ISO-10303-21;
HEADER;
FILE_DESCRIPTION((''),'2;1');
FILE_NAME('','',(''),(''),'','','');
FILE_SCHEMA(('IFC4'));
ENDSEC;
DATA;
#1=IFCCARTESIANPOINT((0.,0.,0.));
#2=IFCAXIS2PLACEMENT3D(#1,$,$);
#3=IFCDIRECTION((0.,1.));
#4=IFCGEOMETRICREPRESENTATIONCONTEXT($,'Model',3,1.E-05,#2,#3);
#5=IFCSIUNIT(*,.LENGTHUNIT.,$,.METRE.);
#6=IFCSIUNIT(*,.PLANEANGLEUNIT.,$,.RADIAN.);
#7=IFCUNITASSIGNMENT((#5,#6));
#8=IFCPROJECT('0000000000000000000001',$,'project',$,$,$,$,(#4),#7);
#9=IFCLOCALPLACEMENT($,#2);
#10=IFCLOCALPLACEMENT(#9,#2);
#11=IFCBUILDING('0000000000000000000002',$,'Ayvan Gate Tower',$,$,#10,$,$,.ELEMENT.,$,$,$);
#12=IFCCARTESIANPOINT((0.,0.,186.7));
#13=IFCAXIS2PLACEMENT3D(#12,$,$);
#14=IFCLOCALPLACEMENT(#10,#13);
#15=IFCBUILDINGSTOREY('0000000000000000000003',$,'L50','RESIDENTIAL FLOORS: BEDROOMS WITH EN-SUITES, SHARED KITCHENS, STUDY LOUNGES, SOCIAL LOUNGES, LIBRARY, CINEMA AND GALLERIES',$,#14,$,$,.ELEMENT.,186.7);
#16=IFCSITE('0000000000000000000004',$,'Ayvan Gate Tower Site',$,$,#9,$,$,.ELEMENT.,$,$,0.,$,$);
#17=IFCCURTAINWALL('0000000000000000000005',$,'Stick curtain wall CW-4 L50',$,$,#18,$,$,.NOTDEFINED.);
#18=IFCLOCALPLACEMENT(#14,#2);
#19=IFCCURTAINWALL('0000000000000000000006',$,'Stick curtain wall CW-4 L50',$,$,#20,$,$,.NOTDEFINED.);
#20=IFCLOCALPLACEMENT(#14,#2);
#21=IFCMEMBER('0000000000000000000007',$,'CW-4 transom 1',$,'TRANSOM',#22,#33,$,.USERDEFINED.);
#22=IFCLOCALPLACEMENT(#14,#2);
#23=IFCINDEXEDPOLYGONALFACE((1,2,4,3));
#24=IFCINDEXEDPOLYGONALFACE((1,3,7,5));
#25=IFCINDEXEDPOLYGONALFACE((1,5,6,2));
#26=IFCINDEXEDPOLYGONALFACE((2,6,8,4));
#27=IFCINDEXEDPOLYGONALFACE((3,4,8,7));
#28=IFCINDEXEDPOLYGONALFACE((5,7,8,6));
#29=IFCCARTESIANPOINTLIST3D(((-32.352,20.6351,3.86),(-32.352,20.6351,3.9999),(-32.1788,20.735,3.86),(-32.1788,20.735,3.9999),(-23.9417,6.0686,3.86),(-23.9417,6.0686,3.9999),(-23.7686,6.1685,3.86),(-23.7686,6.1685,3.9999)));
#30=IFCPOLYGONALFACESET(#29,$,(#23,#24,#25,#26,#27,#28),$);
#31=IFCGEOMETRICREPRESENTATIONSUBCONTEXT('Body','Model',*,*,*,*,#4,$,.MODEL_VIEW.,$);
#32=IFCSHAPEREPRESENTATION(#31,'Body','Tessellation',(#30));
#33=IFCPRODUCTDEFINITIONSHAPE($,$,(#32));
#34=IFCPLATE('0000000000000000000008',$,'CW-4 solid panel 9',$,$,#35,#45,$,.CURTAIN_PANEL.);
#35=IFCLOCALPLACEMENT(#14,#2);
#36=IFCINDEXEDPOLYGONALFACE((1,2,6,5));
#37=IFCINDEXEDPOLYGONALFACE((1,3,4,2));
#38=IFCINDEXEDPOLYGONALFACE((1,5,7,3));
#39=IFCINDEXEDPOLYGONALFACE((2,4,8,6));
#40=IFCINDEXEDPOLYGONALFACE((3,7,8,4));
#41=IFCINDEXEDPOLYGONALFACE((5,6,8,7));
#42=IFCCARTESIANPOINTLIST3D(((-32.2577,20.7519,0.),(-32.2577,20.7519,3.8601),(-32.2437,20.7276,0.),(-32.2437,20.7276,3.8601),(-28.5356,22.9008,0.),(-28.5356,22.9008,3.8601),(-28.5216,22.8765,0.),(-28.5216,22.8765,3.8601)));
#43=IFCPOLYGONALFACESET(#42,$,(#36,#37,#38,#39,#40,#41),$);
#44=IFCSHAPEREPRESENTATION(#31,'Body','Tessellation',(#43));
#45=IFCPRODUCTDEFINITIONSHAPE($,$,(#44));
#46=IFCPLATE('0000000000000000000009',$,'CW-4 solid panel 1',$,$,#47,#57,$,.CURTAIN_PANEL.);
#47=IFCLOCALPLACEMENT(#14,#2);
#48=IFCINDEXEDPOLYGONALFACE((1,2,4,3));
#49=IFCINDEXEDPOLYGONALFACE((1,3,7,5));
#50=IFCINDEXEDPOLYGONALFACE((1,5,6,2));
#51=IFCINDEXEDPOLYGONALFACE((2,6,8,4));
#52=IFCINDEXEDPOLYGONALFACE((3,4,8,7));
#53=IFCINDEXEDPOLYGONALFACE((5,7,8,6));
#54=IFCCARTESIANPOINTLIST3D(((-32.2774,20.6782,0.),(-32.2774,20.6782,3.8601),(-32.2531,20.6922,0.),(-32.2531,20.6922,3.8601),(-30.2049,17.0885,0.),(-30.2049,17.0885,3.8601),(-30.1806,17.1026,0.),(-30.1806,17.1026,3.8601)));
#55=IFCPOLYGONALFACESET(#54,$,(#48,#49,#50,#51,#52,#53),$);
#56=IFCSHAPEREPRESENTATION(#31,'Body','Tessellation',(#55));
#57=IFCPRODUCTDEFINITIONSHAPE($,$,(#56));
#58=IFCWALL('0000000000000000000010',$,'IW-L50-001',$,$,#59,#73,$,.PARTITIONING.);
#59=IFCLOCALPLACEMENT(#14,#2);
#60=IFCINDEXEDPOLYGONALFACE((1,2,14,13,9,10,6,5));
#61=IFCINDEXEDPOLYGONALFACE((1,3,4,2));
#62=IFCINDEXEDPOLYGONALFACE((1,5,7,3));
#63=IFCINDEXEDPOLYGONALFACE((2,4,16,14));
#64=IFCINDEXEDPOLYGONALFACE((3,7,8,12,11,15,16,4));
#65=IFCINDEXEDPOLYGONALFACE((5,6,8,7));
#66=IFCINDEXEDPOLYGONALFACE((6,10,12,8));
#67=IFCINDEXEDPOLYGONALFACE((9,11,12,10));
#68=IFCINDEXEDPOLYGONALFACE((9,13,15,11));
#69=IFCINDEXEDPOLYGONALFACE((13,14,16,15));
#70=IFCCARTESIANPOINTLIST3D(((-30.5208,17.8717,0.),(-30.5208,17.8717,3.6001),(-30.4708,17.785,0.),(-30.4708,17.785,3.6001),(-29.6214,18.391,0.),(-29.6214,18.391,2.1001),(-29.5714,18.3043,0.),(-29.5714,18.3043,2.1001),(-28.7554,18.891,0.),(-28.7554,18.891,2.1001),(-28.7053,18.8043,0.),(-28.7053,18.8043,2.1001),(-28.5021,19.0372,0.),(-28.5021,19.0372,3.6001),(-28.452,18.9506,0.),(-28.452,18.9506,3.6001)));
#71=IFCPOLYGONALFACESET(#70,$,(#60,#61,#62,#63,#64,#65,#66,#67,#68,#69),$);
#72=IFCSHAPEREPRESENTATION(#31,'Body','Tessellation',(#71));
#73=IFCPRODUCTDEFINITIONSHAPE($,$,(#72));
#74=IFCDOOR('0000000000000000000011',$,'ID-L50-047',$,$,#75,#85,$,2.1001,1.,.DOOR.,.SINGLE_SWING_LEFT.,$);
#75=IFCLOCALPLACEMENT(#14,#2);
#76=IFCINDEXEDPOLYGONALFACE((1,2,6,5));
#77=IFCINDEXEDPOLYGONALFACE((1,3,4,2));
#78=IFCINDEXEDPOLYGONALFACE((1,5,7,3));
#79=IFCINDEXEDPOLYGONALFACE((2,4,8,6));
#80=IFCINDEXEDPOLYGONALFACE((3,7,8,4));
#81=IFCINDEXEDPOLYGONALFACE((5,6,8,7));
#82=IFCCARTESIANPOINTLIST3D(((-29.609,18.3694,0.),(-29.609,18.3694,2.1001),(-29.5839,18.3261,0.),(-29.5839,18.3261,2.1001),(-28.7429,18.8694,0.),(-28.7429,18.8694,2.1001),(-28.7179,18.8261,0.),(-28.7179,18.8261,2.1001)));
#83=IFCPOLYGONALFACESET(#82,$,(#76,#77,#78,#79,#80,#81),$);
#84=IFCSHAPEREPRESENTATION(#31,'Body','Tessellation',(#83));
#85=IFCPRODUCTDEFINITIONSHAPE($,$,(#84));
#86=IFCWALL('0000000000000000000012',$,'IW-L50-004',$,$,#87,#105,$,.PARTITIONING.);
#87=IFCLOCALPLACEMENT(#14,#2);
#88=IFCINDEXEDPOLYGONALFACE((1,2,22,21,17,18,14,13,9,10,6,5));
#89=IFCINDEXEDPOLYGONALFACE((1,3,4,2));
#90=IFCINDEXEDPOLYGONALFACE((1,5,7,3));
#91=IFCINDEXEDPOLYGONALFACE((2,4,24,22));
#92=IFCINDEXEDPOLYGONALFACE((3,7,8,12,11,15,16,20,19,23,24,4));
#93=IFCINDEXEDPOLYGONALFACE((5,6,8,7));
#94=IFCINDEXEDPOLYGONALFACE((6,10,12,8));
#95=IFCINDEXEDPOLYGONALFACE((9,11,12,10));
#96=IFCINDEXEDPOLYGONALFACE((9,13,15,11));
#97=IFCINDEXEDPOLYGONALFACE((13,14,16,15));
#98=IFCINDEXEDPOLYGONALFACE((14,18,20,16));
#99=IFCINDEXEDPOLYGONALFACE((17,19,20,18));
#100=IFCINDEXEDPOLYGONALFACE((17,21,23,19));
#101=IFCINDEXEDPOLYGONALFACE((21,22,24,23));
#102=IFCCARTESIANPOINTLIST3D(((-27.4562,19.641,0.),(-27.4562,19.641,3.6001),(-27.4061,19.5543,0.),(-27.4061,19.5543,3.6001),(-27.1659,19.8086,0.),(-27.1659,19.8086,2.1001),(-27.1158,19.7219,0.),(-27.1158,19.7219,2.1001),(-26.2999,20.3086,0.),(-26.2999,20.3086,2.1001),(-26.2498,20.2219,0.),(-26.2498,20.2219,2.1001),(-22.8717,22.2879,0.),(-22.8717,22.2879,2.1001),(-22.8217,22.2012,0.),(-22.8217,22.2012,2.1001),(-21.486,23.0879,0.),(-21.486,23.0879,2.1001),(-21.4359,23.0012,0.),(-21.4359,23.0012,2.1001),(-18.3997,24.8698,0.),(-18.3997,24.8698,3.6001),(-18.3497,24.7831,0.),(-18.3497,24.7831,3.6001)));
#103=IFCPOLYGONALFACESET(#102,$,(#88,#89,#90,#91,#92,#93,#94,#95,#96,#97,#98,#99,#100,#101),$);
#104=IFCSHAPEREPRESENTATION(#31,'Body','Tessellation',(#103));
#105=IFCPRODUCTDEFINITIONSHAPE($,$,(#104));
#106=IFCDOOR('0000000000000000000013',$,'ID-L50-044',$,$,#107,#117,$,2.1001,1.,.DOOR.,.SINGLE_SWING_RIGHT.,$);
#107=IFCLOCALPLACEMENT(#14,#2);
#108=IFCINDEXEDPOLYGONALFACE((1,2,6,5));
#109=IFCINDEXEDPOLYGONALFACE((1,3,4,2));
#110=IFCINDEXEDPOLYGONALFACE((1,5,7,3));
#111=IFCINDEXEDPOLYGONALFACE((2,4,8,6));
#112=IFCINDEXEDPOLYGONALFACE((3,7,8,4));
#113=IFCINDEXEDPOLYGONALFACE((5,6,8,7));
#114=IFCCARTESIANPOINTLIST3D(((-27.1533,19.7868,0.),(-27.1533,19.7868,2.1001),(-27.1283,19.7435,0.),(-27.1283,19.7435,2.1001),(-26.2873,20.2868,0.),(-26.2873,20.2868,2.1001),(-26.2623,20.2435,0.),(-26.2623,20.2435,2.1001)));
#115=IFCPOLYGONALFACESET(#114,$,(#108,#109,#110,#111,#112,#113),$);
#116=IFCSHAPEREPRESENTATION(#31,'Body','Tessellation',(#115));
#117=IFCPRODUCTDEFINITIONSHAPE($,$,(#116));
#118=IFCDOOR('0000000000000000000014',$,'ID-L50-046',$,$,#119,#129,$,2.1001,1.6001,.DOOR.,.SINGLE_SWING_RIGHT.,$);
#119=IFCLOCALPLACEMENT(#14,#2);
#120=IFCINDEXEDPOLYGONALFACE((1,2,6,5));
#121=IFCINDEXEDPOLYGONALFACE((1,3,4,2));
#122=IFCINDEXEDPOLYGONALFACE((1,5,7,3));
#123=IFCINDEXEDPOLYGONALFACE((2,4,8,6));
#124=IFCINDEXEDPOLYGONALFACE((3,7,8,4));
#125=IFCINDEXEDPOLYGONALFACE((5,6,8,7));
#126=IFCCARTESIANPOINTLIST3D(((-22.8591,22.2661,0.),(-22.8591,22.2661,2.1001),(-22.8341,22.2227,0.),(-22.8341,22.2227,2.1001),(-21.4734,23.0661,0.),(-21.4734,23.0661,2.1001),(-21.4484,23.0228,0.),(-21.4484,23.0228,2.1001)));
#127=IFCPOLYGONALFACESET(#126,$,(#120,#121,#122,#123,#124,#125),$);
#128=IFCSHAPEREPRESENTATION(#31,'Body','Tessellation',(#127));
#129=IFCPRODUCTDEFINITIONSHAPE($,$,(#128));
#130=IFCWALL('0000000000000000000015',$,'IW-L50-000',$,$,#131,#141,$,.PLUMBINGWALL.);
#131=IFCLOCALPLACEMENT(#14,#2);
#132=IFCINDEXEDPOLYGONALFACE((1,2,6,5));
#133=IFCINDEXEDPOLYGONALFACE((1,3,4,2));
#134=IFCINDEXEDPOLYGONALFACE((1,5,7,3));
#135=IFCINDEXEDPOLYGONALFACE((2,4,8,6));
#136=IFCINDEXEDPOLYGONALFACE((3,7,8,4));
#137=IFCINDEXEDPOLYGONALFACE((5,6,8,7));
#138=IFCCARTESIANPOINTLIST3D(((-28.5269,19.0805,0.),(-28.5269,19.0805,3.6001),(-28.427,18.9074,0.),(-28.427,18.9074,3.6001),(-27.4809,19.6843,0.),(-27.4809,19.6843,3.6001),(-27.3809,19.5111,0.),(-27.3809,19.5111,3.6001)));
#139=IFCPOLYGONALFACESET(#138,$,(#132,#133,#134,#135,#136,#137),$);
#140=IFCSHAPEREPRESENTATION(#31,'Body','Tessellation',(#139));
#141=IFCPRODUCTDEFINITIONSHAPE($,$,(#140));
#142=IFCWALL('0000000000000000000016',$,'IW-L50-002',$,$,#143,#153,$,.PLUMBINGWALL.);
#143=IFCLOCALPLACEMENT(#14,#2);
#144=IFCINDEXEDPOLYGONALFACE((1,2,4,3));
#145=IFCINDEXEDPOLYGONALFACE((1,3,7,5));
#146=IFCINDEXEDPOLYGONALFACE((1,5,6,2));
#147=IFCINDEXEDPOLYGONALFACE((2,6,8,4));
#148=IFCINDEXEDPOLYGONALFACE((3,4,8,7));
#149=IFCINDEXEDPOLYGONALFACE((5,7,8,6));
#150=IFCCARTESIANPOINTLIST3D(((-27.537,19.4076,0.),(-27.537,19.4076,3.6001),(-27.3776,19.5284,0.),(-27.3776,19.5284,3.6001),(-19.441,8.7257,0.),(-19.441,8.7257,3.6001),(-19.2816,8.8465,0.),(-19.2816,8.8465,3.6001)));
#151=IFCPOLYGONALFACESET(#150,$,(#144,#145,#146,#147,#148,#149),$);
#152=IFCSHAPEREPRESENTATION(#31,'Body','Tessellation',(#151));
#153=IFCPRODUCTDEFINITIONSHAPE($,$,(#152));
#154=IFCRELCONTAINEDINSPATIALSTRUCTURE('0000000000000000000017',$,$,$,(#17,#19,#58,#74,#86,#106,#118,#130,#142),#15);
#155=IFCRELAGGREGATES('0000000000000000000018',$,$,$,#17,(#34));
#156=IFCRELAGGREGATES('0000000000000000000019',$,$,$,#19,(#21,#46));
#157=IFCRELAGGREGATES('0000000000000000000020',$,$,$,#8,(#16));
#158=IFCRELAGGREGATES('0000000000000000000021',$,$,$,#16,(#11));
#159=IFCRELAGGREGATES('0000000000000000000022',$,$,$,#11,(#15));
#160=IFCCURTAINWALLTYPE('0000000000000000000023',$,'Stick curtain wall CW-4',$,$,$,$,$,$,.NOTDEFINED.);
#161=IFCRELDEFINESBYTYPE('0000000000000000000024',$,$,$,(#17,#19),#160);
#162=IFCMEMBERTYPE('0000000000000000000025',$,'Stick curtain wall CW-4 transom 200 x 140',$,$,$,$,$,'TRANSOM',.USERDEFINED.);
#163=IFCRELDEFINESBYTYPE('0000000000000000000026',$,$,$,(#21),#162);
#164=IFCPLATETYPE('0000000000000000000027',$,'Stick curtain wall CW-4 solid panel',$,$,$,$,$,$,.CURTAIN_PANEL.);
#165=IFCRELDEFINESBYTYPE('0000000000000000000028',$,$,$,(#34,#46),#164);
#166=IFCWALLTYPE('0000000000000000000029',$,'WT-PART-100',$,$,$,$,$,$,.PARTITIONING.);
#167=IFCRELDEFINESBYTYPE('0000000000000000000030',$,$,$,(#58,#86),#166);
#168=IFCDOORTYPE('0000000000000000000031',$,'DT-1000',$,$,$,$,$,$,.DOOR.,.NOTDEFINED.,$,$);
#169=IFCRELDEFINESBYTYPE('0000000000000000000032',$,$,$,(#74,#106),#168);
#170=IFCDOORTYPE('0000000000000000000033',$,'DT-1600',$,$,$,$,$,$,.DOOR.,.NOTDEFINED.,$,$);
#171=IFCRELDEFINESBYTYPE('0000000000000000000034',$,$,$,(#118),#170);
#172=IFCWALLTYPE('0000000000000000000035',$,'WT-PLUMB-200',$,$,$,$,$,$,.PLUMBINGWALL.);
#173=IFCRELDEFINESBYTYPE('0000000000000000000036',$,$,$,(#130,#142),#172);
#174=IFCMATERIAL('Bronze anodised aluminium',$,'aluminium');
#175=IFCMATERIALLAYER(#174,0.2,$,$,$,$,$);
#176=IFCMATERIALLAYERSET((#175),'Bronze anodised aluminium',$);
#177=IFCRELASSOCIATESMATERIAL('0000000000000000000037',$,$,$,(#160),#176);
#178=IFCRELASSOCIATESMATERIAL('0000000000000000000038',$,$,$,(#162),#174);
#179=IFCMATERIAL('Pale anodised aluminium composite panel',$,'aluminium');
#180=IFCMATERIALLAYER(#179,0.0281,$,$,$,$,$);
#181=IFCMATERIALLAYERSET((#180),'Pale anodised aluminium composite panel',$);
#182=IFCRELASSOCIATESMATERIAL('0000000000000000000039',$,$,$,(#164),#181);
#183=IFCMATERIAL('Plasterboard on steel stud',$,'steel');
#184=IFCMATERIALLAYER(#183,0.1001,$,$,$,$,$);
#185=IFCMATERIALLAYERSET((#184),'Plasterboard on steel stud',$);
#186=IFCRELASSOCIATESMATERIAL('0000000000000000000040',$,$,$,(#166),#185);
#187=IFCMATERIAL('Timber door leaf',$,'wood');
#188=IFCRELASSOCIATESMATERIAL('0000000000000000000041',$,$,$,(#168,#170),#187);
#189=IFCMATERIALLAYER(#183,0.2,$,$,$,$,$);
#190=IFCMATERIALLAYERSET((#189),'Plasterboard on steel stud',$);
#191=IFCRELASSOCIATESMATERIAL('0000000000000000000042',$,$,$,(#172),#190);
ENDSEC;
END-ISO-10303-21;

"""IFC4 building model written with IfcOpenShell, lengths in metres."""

from ifc_helpers import new_model, si_unit, direction, frame, frame_2d, origin, origin_2d, place, context, subcontext, project, spatial, rectangle, extrude, material, layer, layer_set, material_profile, profile_set, type_object, element, fill, aggregate, save


model = new_model("IFC4")

# Units and contexts
model_context = context("Model", 3, precision=1e-05, world=origin(), true_north=direction((0.0, 1.0)))
body_context = subcontext(model_context, "Body", "Model", "MODEL_VIEW")
ifc_project = project(units=[si_unit("LENGTHUNIT", "METRE"), si_unit("PLANEANGLEUNIT", "RADIAN")], contexts=[model_context])

# Site, building, storey
site_placement = place(None, origin())
site = spatial("IfcSite", under=ifc_project, at=site_placement, Name="Ayvan Gate Tower Site", CompositionType="ELEMENT", RefElevation=0.0)
building_placement = place(site_placement, origin())
building = spatial("IfcBuilding", under=site, at=building_placement, Name="Ayvan Gate Tower", CompositionType="ELEMENT")
storey_placement = place(building_placement, frame((0.0, 0.0, 186.7)))
storey = spatial("IfcBuildingStorey", under=building, at=storey_placement, Name="L50", Description="RESIDENTIAL FLOORS: BEDROOMS WITH EN-SUITES, SHARED KITCHENS, STUDY LOUNGES, SOCIAL LOUNGES, LIBRARY, CINEMA AND GALLERIES", CompositionType="ELEMENT", Elevation=186.7)

# Curtain walls, member
ifc_material_1 = material(Name="Bronze anodised aluminium", Category="aluminium")
ifc_layer_1 = layer(ifc_material_1, 0.2)
ifc_layer_set_1 = layer_set([ifc_layer_1], Name="Bronze anodised aluminium")
curtain_wall_type = type_object("IfcCurtainWallType", Name="Stick curtain wall CW-4", PredefinedType="NOTDEFINED", material=ifc_layer_set_1)
curtain_wall_1_placement = place(storey_placement, origin())
curtain_wall_1 = element("IfcCurtainWall", 1, at=curtain_wall_1_placement, inside=storey, type_object=curtain_wall_type, Name="Stick curtain wall CW-4 L50", PredefinedType="NOTDEFINED")
curtain_wall_2_placement = place(storey_placement, origin())
curtain_wall_2 = element("IfcCurtainWall", 2, at=curtain_wall_2_placement, inside=storey, type_object=curtain_wall_type, Name="Stick curtain wall CW-4 L50", PredefinedType="NOTDEFINED")
ifc_material_profile_1 = material_profile(ifc_material_1, rectangle(XDim=0.2, YDim=0.1399, at=origin_2d()), Name="Stick curtain wall CW-4 transom 200 x 140")
ifc_profile_set_1 = profile_set([ifc_material_profile_1], Name="Bronze anodised aluminium")
member_type_1 = type_object("IfcMemberType", Name="Stick curtain wall CW-4 transom 200 x 140", ElementType="TRANSOM", PredefinedType="USERDEFINED", material=ifc_profile_set_1)
member_1_placement = place(storey_placement, frame((-32.2654, 20.6851, 3.9299), z_axis=(0.500011, -0.866019, 0.0), x_axis=(0.866019, 0.500011, 0.0)))
member_1 = element("IfcMember", 3, at=member_1_placement, type_object=member_type_1, Name="CW-4 transom 1", ObjectType="TRANSOM", PredefinedType="USERDEFINED", context=body_context, shape_type="SweptSolid", body=[
    extrude(rectangle(XDim=0.2, YDim=0.1399, at=origin_2d()), origin(), (0.0, 0.0, 1.0), 16.8201),
])

# Plates
ifc_material_2 = material(Name="Pale anodised aluminium composite panel", Category="aluminium")
ifc_layer_2 = layer(ifc_material_2, 0.0281)
ifc_layer_set_2 = layer_set([ifc_layer_2], Name="Pale anodised aluminium composite panel")
plate_type = type_object("IfcPlateType", Name="Stick curtain wall CW-4 solid panel", PredefinedType="CURTAIN_PANEL", material=ifc_layer_set_2)
plate_1_placement = place(storey_placement, frame((-30.3896, 21.8142, 0.0), z_axis=(0.0, 0.0, 1.0), x_axis=(-0.866025, -0.5, 0.0)))
plate_1 = element("IfcPlate", 4, at=plate_1_placement, type_object=plate_type, Name="CW-4 solid panel 9", PredefinedType="CURTAIN_PANEL", context=body_context, shape_type="SweptSolid", body=[
    extrude(rectangle(XDim=4.2979, YDim=0.0281, at=origin_2d()), origin(), (0.0, 0.0, 1.0), 3.8601),
])
aggregate(curtain_wall_1, [plate_1])
plate_2_placement = place(storey_placement, frame((-31.229, 18.8904, 0.0), z_axis=(0.0, 0.0, 1.0), x_axis=(0.5, -0.866025, 0.0)))
plate_2 = element("IfcPlate", 5, at=plate_2_placement, type_object=plate_type, Name="CW-4 solid panel 1", PredefinedType="CURTAIN_PANEL", context=body_context, shape_type="SweptSolid", body=[
    extrude(rectangle(XDim=4.145, YDim=0.0281, at=origin_2d()), origin(), (0.0, 0.0, 1.0), 3.8601),
])
aggregate(curtain_wall_2, [member_1, plate_2])

# Wall, opening, door
ifc_material_3 = material(Name="Plasterboard on steel stud", Category="steel")
ifc_layer_3 = layer(ifc_material_3, 0.1001)
ifc_layer_set_3 = layer_set([ifc_layer_3], Name="Plasterboard on steel stud")
wall_type_1 = type_object("IfcWallType", Name="WT-PART-100", PredefinedType="PARTITIONING", material=ifc_layer_set_3)
wall_1_placement = place(storey_placement, frame((-28.4771, 18.9939, 0.0), z_axis=(0.0, 0.0, 1.0), x_axis=(-0.86603, -0.499991, 0.0)))
wall_1 = element("IfcWall", 6, at=wall_1_placement, inside=storey, type_object=wall_type_1, Name="IW-L50-001", PredefinedType="PARTITIONING", context=body_context, shape_type="SweptSolid", body=[
    extrude(rectangle(XDim=2.3311, YDim=0.1001, at=frame_2d((1.1655, 0.0))), origin(), (0.0, 0.0, 1.0), 3.6001),
])
opening_1_placement = place(wall_1_placement, frame((0.2925, 0.0, 0.0)))
opening_1 = element("IfcOpeningElement", 7, at=opening_1_placement, cuts=wall_1, PredefinedType="OPENING", context=body_context, shape_type="SweptSolid", body=[
    extrude(rectangle(XDim=1.0, YDim=2.1001, at=frame_2d((0.5, 1.05))), frame((0.0, 0.0601, 0.0), z_axis=(0.0, -1.0, 0.0), x_axis=(1.0, 0.0, 0.0)), (0.0, 0.0, 1.0), 0.1201),
])
ifc_material_4 = material(Name="Timber door leaf", Category="wood")
door_type_1 = type_object("IfcDoorType", Name="DT-1000", OperationType="NOTDEFINED", PredefinedType="DOOR", material=ifc_material_4)
door_1_placement = place(opening_1_placement, origin())
door_1 = element("IfcDoor", 8, at=door_1_placement, inside=storey, type_object=door_type_1, Name="ID-L50-047", OperationType="SINGLE_SWING_LEFT", OverallHeight=2.1001, OverallWidth=1.0, PredefinedType="DOOR", context=body_context, shape_type="SweptSolid", body=[
    extrude(rectangle(XDim=1.0, YDim=2.1001, at=frame_2d((0.5, 1.05))), frame((0.0, 0.0249, 0.0), z_axis=(0.0, -1.0, 0.0), x_axis=(1.0, 0.0, 0.0)), (0.0, 0.0, 1.0), 0.05),
])
fill(opening_1, door_1)

# Wall, openings, doors
wall_2_placement = place(storey_placement, frame((-27.4312, 19.5977, 0.0), z_axis=(0.0, 0.0, 1.0), x_axis=(0.866023, 0.500003, 0.0)))
wall_2 = element("IfcWall", 9, at=wall_2_placement, inside=storey, type_object=wall_type_1, Name="IW-L50-004", PredefinedType="PARTITIONING", context=body_context, shape_type="SweptSolid", body=[
    extrude(rectangle(XDim=10.4575, YDim=0.1001, at=frame_2d((5.2288, 0.0))), origin(), (0.0, 0.0, 1.0), 3.6001),
])
opening_2_placement = place(wall_2_placement, frame((0.3352, 0.0, 0.0)))
opening_2 = element("IfcOpeningElement", 10, at=opening_2_placement, cuts=wall_2, PredefinedType="OPENING", context=body_context, shape_type="SweptSolid", body=[
    extrude(rectangle(XDim=1.0, YDim=2.1001, at=frame_2d((0.5, 1.05))), frame((0.0, 0.0601, 0.0), z_axis=(0.0, -1.0, 0.0), x_axis=(1.0, 0.0, 0.0)), (0.0, 0.0, 1.0), 0.1201),
])
opening_3_placement = place(wall_2_placement, frame((5.2937, 0.0, 0.0)))
opening_3 = element("IfcOpeningElement", 11, at=opening_3_placement, cuts=wall_2, PredefinedType="OPENING", context=body_context, shape_type="SweptSolid", body=[
    extrude(rectangle(XDim=1.6001, YDim=2.1001, at=frame_2d((0.8, 1.05))), frame((0.0, 0.0601, 0.0), z_axis=(0.0, -1.0, 0.0), x_axis=(1.0, 0.0, 0.0)), (0.0, 0.0, 1.0), 0.1201),
])
door_2_placement = place(opening_2_placement, origin())
door_2 = element("IfcDoor", 12, at=door_2_placement, inside=storey, type_object=door_type_1, Name="ID-L50-044", OperationType="SINGLE_SWING_RIGHT", OverallHeight=2.1001, OverallWidth=1.0, PredefinedType="DOOR", context=body_context, shape_type="SweptSolid", body=[
    extrude(rectangle(XDim=1.0, YDim=2.1001, at=frame_2d((0.5, 1.05))), frame((0.0, 0.0249, 0.0), z_axis=(0.0, -1.0, 0.0), x_axis=(1.0, 0.0, 0.0)), (0.0, 0.0, 1.0), 0.05),
])
fill(opening_2, door_2)
door_type_2 = type_object("IfcDoorType", Name="DT-1600", OperationType="NOTDEFINED", PredefinedType="DOOR", material=ifc_material_4)
door_3_placement = place(opening_3_placement, origin())
door_3 = element("IfcDoor", 13, at=door_3_placement, inside=storey, type_object=door_type_2, Name="ID-L50-046", OperationType="SINGLE_SWING_RIGHT", OverallHeight=2.1001, OverallWidth=1.6001, PredefinedType="DOOR", context=body_context, shape_type="SweptSolid", body=[
    extrude(rectangle(XDim=1.6001, YDim=2.1001, at=frame_2d((0.8, 1.05))), frame((0.0, 0.0249, 0.0), z_axis=(0.0, -1.0, 0.0), x_axis=(1.0, 0.0, 0.0)), (0.0, 0.0, 1.0), 0.05),
])
fill(opening_3, door_3)

# Walls
ifc_layer_4 = layer(ifc_material_3, 0.2)
ifc_layer_set_4 = layer_set([ifc_layer_4], Name="Plasterboard on steel stud")
wall_type_2 = type_object("IfcWallType", Name="WT-PLUMB-200", PredefinedType="PLUMBINGWALL", material=ifc_layer_set_4)
wall_3_placement = place(storey_placement, frame((-28.4771, 18.9939, 0.0), z_axis=(0.0, 0.0, 1.0), x_axis=(0.866108, 0.499857, 0.0)))
element("IfcWall", 14, at=wall_3_placement, inside=storey, type_object=wall_type_2, Name="IW-L50-000", PredefinedType="PLUMBINGWALL", context=body_context, shape_type="SweptSolid", body=[
    extrude(rectangle(XDim=1.2078, YDim=0.2, at=frame_2d((0.604, 0.0))), origin(), (0.0, 0.0, 1.0), 3.6001),
])
wall_4_placement = place(storey_placement, frame((-27.4573, 19.468, 0.0), z_axis=(0.0, 0.0, 1.0), x_axis=(0.604029, -0.796962, 0.0)))
element("IfcWall", 15, at=wall_4_placement, inside=storey, type_object=wall_type_2, Name="IW-L50-002", PredefinedType="PLUMBINGWALL", context=body_context, shape_type="SweptSolid", body=[
    extrude(rectangle(XDim=13.4033, YDim=0.2, at=frame_2d((6.7017, 0.0))), origin(), (0.0, 0.0, 1.0), 3.6001),
])

save(model, "model.ifc")
